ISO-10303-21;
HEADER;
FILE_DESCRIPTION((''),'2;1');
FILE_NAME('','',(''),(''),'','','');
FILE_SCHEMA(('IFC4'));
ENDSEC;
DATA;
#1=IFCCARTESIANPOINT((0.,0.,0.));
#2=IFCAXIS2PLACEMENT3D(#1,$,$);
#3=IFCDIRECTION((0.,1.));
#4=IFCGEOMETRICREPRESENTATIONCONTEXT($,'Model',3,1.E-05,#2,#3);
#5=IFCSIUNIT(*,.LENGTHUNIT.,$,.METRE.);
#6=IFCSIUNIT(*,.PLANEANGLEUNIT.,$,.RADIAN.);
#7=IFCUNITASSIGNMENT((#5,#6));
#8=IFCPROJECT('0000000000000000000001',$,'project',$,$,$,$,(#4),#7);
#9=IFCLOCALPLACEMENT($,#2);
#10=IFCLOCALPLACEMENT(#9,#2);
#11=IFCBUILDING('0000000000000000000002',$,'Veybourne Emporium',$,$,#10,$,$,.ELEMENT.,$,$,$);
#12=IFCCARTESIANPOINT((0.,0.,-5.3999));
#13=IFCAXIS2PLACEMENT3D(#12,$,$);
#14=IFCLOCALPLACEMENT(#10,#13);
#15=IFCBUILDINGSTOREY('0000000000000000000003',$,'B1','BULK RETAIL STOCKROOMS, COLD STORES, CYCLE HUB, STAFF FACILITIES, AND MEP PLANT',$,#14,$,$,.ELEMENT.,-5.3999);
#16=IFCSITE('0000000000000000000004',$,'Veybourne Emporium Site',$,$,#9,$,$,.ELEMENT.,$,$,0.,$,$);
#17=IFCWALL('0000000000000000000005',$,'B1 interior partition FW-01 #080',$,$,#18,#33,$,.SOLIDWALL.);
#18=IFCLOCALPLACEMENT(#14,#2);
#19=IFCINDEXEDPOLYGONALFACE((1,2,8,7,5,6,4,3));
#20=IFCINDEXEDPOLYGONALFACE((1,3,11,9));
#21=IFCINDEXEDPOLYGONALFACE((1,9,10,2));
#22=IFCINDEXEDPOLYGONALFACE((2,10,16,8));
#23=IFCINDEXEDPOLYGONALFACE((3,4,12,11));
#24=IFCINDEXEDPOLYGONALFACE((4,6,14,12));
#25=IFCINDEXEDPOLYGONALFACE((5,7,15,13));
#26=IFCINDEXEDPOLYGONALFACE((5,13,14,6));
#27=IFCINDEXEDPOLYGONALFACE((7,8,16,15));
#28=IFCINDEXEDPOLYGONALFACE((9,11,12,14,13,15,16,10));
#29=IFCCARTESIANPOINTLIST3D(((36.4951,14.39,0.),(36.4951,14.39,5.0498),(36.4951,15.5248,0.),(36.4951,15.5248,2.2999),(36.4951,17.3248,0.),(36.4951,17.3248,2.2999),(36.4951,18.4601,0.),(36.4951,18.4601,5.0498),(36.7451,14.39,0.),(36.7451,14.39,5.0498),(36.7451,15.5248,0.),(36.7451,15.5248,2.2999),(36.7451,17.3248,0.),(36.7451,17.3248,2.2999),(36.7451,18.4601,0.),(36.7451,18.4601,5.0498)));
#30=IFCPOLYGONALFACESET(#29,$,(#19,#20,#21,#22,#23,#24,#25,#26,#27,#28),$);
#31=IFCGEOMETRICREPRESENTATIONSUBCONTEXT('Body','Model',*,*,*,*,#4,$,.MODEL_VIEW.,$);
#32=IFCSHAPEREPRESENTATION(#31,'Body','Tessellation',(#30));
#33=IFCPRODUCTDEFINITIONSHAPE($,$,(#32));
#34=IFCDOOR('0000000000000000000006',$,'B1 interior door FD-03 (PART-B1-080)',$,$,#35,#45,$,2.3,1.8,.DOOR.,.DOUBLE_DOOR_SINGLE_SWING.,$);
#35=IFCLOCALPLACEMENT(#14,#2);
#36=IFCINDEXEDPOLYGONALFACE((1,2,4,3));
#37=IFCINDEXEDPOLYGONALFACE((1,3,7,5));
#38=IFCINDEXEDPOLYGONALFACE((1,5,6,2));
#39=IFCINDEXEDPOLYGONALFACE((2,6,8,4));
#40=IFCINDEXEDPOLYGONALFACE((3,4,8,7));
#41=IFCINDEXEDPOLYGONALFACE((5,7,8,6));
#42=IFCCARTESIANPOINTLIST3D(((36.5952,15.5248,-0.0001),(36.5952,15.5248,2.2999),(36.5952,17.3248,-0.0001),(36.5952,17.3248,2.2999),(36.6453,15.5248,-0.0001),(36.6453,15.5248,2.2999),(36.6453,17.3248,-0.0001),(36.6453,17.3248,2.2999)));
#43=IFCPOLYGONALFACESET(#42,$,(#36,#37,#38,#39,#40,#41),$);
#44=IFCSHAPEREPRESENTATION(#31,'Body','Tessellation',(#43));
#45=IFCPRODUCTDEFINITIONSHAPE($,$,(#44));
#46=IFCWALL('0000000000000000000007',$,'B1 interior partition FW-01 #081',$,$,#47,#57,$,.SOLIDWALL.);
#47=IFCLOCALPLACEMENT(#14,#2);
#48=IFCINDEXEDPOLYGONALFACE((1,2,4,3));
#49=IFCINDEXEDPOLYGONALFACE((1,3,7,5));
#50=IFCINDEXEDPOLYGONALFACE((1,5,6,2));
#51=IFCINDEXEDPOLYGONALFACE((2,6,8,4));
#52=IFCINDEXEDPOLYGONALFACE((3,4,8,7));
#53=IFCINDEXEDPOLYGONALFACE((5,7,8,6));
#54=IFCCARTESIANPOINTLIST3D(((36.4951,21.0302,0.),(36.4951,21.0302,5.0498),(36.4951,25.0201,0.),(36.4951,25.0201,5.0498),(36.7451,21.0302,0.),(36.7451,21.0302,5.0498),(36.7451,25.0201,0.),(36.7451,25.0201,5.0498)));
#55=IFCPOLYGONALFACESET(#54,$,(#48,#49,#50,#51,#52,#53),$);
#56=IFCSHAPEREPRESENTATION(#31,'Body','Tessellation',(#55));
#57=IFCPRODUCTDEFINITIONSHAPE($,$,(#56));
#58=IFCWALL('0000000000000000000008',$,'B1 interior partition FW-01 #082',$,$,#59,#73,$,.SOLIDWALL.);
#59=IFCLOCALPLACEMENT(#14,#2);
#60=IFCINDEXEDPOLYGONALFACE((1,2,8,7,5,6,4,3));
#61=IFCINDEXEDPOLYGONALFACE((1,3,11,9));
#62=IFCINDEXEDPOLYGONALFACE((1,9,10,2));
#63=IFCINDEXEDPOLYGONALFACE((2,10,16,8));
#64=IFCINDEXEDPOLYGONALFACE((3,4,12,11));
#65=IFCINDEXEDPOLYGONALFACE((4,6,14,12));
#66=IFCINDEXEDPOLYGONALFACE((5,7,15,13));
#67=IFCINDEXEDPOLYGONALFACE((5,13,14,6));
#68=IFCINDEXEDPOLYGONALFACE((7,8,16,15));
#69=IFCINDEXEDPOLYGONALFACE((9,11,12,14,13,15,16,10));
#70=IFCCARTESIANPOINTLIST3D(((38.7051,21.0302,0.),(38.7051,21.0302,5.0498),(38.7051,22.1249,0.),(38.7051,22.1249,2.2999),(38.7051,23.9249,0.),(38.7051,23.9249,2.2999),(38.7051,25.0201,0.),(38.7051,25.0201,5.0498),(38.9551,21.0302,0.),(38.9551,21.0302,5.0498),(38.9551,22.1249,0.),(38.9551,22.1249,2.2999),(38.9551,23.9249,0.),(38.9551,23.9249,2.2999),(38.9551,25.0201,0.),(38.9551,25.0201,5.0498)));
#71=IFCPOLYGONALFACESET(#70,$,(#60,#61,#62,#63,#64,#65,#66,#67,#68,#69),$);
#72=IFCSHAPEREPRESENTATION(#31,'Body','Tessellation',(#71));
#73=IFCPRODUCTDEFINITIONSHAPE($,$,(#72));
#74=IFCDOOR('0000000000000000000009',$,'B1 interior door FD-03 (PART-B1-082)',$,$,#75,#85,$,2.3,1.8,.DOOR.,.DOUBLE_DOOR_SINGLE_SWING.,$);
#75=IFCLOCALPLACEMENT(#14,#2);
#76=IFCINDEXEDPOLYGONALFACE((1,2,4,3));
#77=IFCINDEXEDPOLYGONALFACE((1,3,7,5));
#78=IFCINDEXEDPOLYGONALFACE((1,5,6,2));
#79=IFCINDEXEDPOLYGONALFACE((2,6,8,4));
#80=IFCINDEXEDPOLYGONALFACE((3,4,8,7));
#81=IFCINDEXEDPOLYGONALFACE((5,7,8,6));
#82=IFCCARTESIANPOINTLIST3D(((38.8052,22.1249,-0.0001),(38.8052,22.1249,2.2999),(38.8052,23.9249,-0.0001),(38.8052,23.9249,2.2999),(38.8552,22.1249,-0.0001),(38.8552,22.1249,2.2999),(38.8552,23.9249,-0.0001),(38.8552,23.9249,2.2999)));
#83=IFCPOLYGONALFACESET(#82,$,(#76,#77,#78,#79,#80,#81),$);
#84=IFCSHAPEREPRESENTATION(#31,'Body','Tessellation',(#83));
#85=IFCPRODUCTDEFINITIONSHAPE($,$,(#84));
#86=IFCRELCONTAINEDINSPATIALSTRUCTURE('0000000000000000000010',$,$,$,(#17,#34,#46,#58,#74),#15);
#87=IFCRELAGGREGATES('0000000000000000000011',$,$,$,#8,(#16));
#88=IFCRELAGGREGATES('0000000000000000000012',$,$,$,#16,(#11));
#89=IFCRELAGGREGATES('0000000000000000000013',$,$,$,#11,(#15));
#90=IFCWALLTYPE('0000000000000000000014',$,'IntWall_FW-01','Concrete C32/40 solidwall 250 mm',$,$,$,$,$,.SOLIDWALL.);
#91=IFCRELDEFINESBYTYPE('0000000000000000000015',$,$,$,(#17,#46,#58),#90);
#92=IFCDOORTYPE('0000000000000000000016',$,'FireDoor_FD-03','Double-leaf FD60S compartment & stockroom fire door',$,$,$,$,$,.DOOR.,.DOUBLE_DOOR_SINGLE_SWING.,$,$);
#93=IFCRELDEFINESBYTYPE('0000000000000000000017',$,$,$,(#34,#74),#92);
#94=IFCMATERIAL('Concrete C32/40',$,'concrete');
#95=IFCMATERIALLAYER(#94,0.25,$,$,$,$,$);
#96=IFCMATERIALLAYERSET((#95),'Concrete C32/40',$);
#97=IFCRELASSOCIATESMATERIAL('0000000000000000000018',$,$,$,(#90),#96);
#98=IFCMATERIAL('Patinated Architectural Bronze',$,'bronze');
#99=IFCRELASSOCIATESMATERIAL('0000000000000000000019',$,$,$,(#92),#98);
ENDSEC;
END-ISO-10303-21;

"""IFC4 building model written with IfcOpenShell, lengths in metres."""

from ifc_helpers import new_model, si_unit, direction, frame, frame_2d, origin, place, context, subcontext, project, spatial, rectangle, extrude, material, layer, layer_set, type_object, element, fill, save


model = new_model("IFC4")

# Units and contexts
model_context = context("Model", 3, precision=1e-05, world=origin(), true_north=direction((0.0, 1.0)))
body_context = subcontext(model_context, "Body", "Model", "MODEL_VIEW")
ifc_project = project(units=[si_unit("LENGTHUNIT", "METRE"), si_unit("PLANEANGLEUNIT", "RADIAN")], contexts=[model_context])

# Site, building, storey
site_placement = place(None, origin())
site = spatial("IfcSite", under=ifc_project, at=site_placement, Name="Veybourne Emporium Site", CompositionType="ELEMENT", RefElevation=0.0)
building_placement = place(site_placement, origin())
building = spatial("IfcBuilding", under=site, at=building_placement, Name="Veybourne Emporium", CompositionType="ELEMENT")
storey_placement = place(building_placement, frame((0.0, 0.0, -5.3999)))
storey = spatial("IfcBuildingStorey", under=building, at=storey_placement, Name="B1", Description="BULK RETAIL STOCKROOMS, COLD STORES, CYCLE HUB, STAFF FACILITIES, AND MEP PLANT", CompositionType="ELEMENT", Elevation=-5.3999)

# Shared definitions
ifc_material_1 = material(Name="Concrete C32/40", Category="concrete")

# Shared definitions
ifc_layer_1 = layer(ifc_material_1, 0.25)
ifc_layer_set_1 = layer_set([ifc_layer_1], Name="Concrete C32/40")
wall_type_1 = type_object("IfcWallType", Name="IntWall_FW-01", Description="Concrete C32/40 solidwall 250 mm", PredefinedType="SOLIDWALL", material=ifc_layer_set_1)

# Wall, opening, door
wall_1_placement = place(storey_placement, frame((36.6201, 14.3899, 0.0), z_axis=(0.0, 0.0, 1.0), x_axis=(0.0, 1.0, 0.0)))
wall_1 = element("IfcWall", 1, at=wall_1_placement, inside=storey, type_object=wall_type_1, Name="B1 interior partition FW-01 #080", PredefinedType="SOLIDWALL", context=body_context, shape_type="SweptSolid", body=[
    extrude(rectangle(XDim=4.0701, YDim=0.25, at=frame_2d((2.0352, 0.0))), origin(), (0.0, 0.0, 1.0), 5.0498),
])
opening_1_placement = place(wall_1_placement, frame((1.135, 0.0, 0.0)))
opening_1 = element("IfcOpeningElement", 2, at=opening_1_placement, cuts=wall_1, PredefinedType="OPENING", context=body_context, shape_type="SweptSolid", body=[
    extrude(rectangle(XDim=1.8, YDim=2.3, at=frame_2d((0.8999, 1.1499))), frame((0.0, 0.145, 0.0), z_axis=(0.0, -1.0, 0.0), x_axis=(1.0, 0.0, 0.0)), (0.0, 0.0, 1.0), 0.29),
])
ifc_material_2 = material(Name="Patinated Architectural Bronze", Category="bronze")
door_type_1 = type_object("IfcDoorType", Name="FireDoor_FD-03", Description="Double-leaf FD60S compartment & stockroom fire door", OperationType="DOUBLE_DOOR_SINGLE_SWING", PredefinedType="DOOR", material=ifc_material_2)
door_1_placement = place(opening_1_placement, origin())
door_1 = element("IfcDoor", 3, at=door_1_placement, inside=storey, type_object=door_type_1, Name="B1 interior door FD-03 (PART-B1-080)", OperationType="DOUBLE_DOOR_SINGLE_SWING", OverallHeight=2.3, OverallWidth=1.8, PredefinedType="DOOR", context=body_context, shape_type="SweptSolid", body=[
    extrude(rectangle(XDim=1.8, YDim=2.3, at=frame_2d((0.8999, 1.1499))), frame((0.0, 0.0249, 0.0), z_axis=(0.0, -1.0, 0.0), x_axis=(1.0, 0.0, 0.0)), (0.0, 0.0, 1.0), 0.05),
])
fill(opening_1, door_1)

# Wall
wall_2_placement = place(storey_placement, frame((36.6201, 21.03, 0.0), z_axis=(0.0, 0.0, 1.0), x_axis=(0.0, 1.0, 0.0)))
element("IfcWall", 4, at=wall_2_placement, inside=storey, type_object=wall_type_1, Name="B1 interior partition FW-01 #081", PredefinedType="SOLIDWALL", context=body_context, shape_type="SweptSolid", body=[
    extrude(rectangle(XDim=3.99, YDim=0.25, at=frame_2d((1.9951, 0.0))), origin(), (0.0, 0.0, 1.0), 5.0498),
])

# Wall, opening, door
wall_3_placement = place(storey_placement, frame((38.8301, 21.03, 0.0), z_axis=(0.0, 0.0, 1.0), x_axis=(0.0, 1.0, 0.0)))
wall_3 = element("IfcWall", 5, at=wall_3_placement, inside=storey, type_object=wall_type_1, Name="B1 interior partition FW-01 #082", PredefinedType="SOLIDWALL", context=body_context, shape_type="SweptSolid", body=[
    extrude(rectangle(XDim=3.99, YDim=0.25, at=frame_2d((1.9951, 0.0))), origin(), (0.0, 0.0, 1.0), 5.0498),
])
opening_2_placement = place(wall_3_placement, frame((1.095, 0.0, 0.0)))
opening_2 = element("IfcOpeningElement", 6, at=opening_2_placement, cuts=wall_3, PredefinedType="OPENING", context=body_context, shape_type="SweptSolid", body=[
    extrude(rectangle(XDim=1.8, YDim=2.3, at=frame_2d((0.8999, 1.1499))), frame((0.0, 0.145, 0.0), z_axis=(0.0, -1.0, 0.0), x_axis=(1.0, 0.0, 0.0)), (0.0, 0.0, 1.0), 0.29),
])
door_2_placement = place(opening_2_placement, origin())
door_2 = element("IfcDoor", 7, at=door_2_placement, inside=storey, type_object=door_type_1, Name="B1 interior door FD-03 (PART-B1-082)", OperationType="DOUBLE_DOOR_SINGLE_SWING", OverallHeight=2.3, OverallWidth=1.8, PredefinedType="DOOR", context=body_context, shape_type="SweptSolid", body=[
    extrude(rectangle(XDim=1.8, YDim=2.3, at=frame_2d((0.8999, 1.1499))), frame((0.0, 0.0249, 0.0), z_axis=(0.0, -1.0, 0.0), x_axis=(1.0, 0.0, 0.0)), (0.0, 0.0, 1.0), 0.05),
])
fill(opening_2, door_2)

save(model, "model.ifc")
